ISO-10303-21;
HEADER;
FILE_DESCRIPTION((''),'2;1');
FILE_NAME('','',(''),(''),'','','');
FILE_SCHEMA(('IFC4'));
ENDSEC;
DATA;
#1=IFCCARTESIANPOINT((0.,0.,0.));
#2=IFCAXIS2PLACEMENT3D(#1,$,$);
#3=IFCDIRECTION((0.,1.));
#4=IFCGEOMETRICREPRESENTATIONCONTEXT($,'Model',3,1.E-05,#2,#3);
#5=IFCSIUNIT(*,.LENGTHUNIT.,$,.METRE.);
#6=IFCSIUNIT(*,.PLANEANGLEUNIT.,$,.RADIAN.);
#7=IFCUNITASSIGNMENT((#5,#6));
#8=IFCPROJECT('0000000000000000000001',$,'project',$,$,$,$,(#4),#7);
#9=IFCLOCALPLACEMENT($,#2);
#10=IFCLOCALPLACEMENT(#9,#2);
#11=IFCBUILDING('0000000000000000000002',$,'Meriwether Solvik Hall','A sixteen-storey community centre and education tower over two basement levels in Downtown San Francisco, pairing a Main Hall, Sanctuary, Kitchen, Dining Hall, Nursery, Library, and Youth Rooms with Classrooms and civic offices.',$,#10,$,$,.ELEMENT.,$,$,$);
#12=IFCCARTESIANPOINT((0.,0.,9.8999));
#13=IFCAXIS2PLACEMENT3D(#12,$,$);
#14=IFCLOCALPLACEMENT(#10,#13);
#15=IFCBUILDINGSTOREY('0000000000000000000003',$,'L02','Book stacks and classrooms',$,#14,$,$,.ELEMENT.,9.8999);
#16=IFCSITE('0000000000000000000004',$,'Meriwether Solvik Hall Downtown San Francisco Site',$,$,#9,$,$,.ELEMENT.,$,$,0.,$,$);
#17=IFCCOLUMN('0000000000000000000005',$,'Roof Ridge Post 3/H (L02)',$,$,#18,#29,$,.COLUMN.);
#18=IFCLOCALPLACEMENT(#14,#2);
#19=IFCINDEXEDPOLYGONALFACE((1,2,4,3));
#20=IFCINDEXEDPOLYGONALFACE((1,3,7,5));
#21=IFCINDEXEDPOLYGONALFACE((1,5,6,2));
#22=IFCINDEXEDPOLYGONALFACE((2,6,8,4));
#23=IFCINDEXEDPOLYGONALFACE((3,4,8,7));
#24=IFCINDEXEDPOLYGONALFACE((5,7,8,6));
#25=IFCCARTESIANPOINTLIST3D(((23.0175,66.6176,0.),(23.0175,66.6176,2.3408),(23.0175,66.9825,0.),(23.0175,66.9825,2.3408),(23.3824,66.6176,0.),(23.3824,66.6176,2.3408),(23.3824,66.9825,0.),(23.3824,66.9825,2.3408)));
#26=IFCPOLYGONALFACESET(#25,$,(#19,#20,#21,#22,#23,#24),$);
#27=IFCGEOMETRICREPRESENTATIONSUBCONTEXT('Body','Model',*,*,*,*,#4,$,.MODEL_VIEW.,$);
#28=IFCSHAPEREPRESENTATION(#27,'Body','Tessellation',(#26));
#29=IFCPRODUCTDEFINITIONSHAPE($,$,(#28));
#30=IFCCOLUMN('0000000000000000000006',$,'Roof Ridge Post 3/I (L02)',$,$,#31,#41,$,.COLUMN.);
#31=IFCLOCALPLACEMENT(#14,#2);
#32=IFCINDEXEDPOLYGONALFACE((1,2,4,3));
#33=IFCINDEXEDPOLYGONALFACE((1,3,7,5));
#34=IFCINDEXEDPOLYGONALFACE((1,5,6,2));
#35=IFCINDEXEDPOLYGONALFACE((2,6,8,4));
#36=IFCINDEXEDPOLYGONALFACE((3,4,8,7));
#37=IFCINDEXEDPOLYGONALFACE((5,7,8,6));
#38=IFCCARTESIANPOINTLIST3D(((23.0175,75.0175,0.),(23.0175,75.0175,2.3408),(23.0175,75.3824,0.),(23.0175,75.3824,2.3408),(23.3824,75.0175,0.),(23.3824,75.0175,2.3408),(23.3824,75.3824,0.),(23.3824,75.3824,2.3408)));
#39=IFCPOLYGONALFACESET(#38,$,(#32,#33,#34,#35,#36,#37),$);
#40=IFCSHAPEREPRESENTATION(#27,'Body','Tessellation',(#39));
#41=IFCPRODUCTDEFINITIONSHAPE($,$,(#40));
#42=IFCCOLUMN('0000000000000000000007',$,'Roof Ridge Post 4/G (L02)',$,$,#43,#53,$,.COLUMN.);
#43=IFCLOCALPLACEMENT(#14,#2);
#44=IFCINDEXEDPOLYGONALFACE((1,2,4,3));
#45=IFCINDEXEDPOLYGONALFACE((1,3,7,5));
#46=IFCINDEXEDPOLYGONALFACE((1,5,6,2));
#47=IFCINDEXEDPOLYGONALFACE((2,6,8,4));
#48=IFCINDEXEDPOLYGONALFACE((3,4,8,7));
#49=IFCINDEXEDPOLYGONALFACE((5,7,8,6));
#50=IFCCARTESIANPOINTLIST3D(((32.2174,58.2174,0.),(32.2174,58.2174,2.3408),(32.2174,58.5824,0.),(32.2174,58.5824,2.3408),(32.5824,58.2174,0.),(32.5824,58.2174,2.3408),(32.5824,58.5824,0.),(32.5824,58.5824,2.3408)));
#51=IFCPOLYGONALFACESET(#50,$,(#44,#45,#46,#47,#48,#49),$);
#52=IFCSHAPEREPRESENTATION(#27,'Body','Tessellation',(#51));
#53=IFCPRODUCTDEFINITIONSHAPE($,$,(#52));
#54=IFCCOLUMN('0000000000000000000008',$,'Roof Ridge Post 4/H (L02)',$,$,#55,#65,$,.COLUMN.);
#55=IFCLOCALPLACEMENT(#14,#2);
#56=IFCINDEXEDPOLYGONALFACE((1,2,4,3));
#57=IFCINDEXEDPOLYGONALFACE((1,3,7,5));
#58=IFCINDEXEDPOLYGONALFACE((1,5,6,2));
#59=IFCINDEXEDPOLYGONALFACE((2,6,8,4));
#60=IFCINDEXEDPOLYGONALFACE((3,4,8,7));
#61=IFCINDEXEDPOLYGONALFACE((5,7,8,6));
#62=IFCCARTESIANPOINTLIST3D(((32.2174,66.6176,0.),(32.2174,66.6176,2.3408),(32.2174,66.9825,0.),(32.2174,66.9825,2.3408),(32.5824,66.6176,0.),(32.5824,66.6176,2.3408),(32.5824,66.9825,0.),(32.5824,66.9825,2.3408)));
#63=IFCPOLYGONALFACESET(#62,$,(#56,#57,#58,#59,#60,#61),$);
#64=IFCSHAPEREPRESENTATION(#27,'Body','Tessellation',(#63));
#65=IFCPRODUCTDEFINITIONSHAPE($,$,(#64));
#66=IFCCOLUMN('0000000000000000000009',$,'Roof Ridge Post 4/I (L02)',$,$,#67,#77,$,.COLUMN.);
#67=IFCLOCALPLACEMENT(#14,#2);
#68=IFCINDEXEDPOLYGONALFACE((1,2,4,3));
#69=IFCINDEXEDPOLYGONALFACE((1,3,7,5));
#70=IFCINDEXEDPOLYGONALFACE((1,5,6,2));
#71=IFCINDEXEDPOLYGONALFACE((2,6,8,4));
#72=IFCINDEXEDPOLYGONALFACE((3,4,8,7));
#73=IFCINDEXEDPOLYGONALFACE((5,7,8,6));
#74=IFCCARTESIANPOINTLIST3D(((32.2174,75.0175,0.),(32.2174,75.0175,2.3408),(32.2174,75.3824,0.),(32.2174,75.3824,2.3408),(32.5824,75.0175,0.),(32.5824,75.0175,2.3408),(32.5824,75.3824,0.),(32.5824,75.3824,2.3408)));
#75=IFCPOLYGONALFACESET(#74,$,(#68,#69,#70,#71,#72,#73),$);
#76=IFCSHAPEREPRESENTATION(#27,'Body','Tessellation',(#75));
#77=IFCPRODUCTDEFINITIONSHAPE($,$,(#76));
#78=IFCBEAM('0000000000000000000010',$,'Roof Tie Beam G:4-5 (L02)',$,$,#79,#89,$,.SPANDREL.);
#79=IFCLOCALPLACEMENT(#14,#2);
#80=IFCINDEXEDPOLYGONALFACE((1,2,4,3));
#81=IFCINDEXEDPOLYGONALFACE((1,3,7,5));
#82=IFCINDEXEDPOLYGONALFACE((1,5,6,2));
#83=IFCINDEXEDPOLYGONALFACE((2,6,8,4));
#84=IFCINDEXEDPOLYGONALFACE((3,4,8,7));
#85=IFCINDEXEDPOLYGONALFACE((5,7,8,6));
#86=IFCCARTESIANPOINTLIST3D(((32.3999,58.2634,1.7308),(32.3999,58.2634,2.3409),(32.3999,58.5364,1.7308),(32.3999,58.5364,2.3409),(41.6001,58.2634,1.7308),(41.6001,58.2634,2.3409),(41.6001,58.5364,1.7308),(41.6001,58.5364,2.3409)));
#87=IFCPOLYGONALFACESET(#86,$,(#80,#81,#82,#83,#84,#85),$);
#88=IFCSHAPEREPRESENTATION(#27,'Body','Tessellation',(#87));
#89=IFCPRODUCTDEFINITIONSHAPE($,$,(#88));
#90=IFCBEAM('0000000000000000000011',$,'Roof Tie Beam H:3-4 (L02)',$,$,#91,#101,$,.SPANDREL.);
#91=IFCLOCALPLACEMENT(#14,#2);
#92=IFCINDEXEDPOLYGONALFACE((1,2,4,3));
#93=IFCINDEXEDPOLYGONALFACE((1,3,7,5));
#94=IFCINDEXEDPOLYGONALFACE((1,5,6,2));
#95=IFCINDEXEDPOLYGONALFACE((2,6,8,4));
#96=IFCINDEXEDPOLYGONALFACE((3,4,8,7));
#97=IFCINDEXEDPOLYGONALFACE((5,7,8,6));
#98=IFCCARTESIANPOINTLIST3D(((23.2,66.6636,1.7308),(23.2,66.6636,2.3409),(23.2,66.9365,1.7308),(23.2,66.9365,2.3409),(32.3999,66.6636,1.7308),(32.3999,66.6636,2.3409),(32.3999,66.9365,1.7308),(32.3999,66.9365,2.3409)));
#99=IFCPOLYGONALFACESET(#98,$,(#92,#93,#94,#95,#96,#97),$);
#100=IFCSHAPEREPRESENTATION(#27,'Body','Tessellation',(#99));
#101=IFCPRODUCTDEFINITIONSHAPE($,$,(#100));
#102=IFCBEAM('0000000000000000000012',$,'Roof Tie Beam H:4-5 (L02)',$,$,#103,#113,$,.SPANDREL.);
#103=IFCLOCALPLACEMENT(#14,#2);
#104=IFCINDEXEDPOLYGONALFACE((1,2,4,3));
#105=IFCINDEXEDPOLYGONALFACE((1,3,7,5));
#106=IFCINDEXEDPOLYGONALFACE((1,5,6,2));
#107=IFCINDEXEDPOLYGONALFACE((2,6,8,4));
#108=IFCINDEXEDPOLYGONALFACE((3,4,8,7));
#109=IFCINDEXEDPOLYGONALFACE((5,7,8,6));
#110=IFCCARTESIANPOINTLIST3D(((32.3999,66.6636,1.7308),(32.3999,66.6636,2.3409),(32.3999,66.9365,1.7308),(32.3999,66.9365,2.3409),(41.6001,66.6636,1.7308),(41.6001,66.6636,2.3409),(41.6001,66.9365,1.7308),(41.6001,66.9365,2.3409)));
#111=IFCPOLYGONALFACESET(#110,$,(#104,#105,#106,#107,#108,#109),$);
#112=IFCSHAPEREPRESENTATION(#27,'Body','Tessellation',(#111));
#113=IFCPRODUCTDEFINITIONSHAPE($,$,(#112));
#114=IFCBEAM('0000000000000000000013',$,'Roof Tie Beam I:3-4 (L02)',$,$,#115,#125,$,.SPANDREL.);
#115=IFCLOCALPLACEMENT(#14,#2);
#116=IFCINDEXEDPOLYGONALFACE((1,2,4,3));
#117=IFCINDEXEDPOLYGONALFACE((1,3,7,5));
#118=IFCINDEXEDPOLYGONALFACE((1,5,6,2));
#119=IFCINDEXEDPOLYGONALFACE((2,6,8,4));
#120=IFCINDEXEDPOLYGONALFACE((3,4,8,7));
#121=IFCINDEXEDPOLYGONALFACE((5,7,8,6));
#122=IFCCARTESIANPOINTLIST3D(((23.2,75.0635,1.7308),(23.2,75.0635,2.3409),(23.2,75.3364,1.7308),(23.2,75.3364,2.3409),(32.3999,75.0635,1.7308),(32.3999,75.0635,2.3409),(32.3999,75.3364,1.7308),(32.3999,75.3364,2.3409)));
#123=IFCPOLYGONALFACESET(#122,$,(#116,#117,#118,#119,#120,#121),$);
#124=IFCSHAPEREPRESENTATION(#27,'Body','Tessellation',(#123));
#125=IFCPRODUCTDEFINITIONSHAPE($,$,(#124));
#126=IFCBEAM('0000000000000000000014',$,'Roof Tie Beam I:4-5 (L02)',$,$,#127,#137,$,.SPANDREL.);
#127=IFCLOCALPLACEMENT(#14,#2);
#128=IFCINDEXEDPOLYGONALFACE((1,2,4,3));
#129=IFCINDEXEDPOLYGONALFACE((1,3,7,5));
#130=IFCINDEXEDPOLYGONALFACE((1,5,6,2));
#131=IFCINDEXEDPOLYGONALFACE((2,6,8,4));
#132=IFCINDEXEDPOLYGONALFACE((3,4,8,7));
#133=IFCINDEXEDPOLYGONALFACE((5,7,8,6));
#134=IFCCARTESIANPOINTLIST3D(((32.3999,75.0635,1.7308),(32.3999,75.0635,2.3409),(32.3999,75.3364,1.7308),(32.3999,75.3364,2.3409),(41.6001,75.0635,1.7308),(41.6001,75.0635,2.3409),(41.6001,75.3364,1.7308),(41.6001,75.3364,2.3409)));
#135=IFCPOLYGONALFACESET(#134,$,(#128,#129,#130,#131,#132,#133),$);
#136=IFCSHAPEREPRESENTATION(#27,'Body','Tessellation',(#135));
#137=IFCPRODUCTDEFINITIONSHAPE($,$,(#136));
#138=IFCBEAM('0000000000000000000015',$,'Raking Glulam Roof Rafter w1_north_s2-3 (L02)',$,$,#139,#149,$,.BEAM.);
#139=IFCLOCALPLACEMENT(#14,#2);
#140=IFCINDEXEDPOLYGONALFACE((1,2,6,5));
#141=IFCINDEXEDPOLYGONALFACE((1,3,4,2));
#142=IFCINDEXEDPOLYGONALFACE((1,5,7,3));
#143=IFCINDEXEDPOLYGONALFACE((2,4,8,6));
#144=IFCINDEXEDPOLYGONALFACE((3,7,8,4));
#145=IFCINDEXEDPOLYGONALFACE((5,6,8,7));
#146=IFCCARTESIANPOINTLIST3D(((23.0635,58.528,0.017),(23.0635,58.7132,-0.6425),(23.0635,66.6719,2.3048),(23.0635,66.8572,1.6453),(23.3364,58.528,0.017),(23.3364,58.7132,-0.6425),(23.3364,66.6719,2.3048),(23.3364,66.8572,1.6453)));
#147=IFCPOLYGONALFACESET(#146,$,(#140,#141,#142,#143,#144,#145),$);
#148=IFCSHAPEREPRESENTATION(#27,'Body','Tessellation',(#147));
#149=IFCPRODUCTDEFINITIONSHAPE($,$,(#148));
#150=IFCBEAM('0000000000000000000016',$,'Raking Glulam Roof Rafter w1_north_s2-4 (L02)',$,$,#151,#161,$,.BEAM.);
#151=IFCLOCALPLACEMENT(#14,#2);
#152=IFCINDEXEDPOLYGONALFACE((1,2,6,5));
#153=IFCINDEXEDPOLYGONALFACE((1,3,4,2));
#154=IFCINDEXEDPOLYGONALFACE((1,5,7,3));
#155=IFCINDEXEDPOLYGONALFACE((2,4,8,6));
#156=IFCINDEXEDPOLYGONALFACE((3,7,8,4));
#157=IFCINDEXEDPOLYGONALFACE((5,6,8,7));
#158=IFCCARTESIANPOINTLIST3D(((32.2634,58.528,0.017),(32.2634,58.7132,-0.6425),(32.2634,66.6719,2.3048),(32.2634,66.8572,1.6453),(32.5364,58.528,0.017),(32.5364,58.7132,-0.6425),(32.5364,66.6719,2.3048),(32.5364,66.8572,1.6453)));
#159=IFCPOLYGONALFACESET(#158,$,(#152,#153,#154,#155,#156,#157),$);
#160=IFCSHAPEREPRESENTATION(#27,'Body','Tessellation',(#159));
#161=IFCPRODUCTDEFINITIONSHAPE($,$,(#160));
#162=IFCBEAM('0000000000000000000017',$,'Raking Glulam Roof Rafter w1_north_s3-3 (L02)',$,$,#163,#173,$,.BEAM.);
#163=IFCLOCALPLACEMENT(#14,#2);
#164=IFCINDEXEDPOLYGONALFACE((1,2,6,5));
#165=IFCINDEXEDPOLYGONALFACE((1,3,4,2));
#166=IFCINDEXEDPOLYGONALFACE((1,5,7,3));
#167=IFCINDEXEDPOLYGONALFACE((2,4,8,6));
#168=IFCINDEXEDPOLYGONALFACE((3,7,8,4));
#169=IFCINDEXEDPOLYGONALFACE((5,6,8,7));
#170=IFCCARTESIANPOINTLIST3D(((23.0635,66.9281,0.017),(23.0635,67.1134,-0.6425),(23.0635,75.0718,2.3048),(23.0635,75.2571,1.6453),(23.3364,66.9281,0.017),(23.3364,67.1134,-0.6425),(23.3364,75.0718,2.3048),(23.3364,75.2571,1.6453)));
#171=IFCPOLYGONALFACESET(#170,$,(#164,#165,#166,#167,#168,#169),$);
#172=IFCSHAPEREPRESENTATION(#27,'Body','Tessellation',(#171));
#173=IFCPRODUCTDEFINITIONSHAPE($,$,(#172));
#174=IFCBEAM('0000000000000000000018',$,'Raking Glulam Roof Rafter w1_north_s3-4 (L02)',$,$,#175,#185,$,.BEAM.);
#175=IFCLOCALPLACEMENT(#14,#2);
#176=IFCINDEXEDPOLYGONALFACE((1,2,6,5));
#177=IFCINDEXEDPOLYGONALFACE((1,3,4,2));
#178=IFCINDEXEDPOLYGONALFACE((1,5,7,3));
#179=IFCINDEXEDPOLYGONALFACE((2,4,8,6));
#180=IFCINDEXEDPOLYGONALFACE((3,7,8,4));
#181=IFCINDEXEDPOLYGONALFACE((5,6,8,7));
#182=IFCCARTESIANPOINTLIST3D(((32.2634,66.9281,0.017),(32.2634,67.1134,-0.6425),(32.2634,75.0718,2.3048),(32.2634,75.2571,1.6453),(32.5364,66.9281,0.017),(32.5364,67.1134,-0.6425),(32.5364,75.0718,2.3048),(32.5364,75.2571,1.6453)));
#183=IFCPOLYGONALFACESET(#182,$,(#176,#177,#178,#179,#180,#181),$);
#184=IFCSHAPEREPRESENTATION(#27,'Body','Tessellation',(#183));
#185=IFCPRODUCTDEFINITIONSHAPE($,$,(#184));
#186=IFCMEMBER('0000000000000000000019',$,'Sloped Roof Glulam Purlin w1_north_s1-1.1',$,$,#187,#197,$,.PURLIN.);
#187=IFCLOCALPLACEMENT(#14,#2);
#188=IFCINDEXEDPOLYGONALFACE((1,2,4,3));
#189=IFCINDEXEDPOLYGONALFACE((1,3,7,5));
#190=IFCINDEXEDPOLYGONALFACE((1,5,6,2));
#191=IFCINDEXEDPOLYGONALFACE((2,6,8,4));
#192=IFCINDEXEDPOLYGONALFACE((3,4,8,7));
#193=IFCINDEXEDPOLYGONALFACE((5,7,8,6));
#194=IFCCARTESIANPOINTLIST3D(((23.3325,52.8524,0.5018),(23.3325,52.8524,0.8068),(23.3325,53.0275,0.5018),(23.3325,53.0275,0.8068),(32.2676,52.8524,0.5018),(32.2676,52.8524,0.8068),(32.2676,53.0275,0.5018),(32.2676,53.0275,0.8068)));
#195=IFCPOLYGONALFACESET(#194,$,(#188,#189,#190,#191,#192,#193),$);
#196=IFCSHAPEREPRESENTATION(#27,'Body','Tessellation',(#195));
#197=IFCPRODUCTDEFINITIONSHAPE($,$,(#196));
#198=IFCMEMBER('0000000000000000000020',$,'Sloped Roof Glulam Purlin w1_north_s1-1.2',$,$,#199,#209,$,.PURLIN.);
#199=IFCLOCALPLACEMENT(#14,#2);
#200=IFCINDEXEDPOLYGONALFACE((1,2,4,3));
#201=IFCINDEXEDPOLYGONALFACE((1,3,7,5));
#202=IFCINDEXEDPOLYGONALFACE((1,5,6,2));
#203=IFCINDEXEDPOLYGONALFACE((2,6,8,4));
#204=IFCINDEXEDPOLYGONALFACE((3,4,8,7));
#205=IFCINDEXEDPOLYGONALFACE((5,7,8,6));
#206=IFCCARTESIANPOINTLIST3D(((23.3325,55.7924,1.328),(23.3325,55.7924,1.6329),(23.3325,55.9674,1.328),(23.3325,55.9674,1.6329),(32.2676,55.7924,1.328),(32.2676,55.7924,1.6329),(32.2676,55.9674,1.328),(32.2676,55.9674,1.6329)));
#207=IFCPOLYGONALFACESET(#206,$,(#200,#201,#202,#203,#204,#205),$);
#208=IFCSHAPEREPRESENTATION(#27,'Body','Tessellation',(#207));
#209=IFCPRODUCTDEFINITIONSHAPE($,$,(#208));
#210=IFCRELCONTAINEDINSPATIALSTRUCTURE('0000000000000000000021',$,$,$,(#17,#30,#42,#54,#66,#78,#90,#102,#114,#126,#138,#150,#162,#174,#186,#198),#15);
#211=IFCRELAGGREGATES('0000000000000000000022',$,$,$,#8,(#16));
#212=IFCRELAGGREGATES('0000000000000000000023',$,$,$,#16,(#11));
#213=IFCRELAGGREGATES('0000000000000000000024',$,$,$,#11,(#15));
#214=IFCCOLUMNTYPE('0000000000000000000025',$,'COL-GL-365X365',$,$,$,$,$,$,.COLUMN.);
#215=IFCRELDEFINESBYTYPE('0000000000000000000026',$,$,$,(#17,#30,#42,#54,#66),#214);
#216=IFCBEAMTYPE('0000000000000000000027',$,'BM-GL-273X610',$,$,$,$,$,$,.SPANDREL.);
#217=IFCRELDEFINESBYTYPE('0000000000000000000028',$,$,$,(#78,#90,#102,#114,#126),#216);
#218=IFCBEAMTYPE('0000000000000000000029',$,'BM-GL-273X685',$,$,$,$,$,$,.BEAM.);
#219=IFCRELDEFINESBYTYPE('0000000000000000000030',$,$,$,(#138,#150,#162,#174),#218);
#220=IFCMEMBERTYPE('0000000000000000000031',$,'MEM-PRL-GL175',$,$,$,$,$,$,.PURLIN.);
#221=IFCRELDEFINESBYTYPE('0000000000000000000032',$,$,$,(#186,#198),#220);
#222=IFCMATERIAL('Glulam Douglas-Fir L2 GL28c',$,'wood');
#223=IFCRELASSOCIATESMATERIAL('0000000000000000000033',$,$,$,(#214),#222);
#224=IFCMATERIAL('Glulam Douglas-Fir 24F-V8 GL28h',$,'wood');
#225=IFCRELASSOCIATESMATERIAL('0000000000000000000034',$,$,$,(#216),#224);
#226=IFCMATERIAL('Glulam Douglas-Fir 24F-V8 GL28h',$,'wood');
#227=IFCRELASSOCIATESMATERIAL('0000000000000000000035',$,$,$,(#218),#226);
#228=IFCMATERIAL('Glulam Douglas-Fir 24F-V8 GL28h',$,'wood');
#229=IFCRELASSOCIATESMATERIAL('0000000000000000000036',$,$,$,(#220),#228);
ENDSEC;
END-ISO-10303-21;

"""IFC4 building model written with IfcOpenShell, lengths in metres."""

from ifc_helpers import new_model, si_unit, direction, frame, origin, origin_2d, place, context, subcontext, project, spatial, rectangle, extrude, material, material_profile, profile_set, type_object, element, save


model = new_model("IFC4")

# Units and contexts
model_context = context("Model", 3, precision=1e-05, world=origin(), true_north=direction((0.0, 1.0)))
body_context = subcontext(model_context, "Body", "Model", "MODEL_VIEW")
ifc_project = project(units=[si_unit("LENGTHUNIT", "METRE"), si_unit("PLANEANGLEUNIT", "RADIAN")], contexts=[model_context])

# Site, building, storey
site_placement = place(None, origin())
site = spatial("IfcSite", under=ifc_project, at=site_placement, Name="Meriwether Solvik Hall Downtown San Francisco Site", CompositionType="ELEMENT", RefElevation=0.0)
building_placement = place(site_placement, origin())
building = spatial("IfcBuilding", under=site, at=building_placement, Name="Meriwether Solvik Hall", Description="A sixteen-storey community centre and education tower over two basement levels in Downtown San Francisco, pairing a Main Hall, Sanctuary, Kitchen, Dining Hall, Nursery, Library, and Youth Rooms with Classrooms and civic offices.", CompositionType="ELEMENT")
storey_placement = place(building_placement, frame((0.0, 0.0, 9.8999)))
storey = spatial("IfcBuildingStorey", under=building, at=storey_placement, Name="L02", Description="Book stacks and classrooms", CompositionType="ELEMENT", Elevation=9.8999)

# Columns
ifc_material_1 = material(Name="Glulam Douglas-Fir L2 GL28c", Category="wood")
ifc_material_profile_1 = material_profile(ifc_material_1, rectangle(XDim=0.365, YDim=0.365, at=origin_2d()), Name="GLC-365X365")
ifc_profile_set_1 = profile_set([ifc_material_profile_1], Name="Glulam Douglas-Fir L2 GL28c")
column_type = type_object("IfcColumnType", Name="COL-GL-365X365", PredefinedType="COLUMN", material=ifc_profile_set_1)
for number, where, z_axis, x_axis, name in (
    (1, (23.2, 66.8, 0.0), (0.0, 0.0, 1.0), (1.0, 0.0, 0.0), "Roof Ridge Post 3/H (L02)"),
    (2, (23.2, 75.2, 0.0), (0.0, 0.0, 1.0), (1.0, 0.0, 0.0), "Roof Ridge Post 3/I (L02)"),
    (3, (32.3999, 58.3999, 0.0), (0.0, 0.0, 1.0), (1.0, 0.0, 0.0), "Roof Ridge Post 4/G (L02)"),
    (4, (32.3999, 66.8, 0.0), (0.0, 0.0, 1.0), (1.0, 0.0, 0.0), "Roof Ridge Post 4/H (L02)"),
    (5, (32.3999, 75.2, 0.0), (0.0, 0.0, 1.0), (1.0, 0.0, 0.0), "Roof Ridge Post 4/I (L02)"),
):
    element("IfcColumn", number, at=place(storey_placement, frame(where, z_axis=z_axis, x_axis=x_axis)), inside=storey, type_object=column_type, Name=name, PredefinedType="COLUMN", context=body_context, shape_type="SweptSolid", body=[
        extrude(rectangle(XDim=0.365, YDim=0.365, at=origin_2d()), origin(), (0.0, 0.0, 1.0), 2.3408),
    ])

# Beams
ifc_material_2 = material(Name="Glulam Douglas-Fir 24F-V8 GL28h", Category="wood")
ifc_material_profile_2 = material_profile(ifc_material_2, rectangle(XDim=0.2729, YDim=0.6101, at=origin_2d()), Name="GLB-273X610")
ifc_profile_set_2 = profile_set([ifc_material_profile_2], Name="Glulam Douglas-Fir 24F-V8 GL28h")
beam_type_1 = type_object("IfcBeamType", Name="BM-GL-273X610", PredefinedType="SPANDREL", material=ifc_profile_set_2)
beam_1_placement = place(storey_placement, frame((32.3999, 58.3999, 2.0359), z_axis=(1.0, 0.0, 0.0), x_axis=(0.0, 1.0, 0.0)))
element("IfcBeam", 6, at=beam_1_placement, inside=storey, type_object=beam_type_1, Name="Roof Tie Beam G:4-5 (L02)", PredefinedType="SPANDREL", context=body_context, shape_type="SweptSolid", body=[
    extrude(rectangle(XDim=0.2729, YDim=0.6101, at=origin_2d()), origin(), (0.0, 0.0, 1.0), 9.2002),
])
beam_2_placement = place(storey_placement, frame((23.2, 66.8, 2.0359), z_axis=(1.0, 0.0, 0.0), x_axis=(0.0, 1.0, 0.0)))
element("IfcBeam", 7, at=beam_2_placement, inside=storey, type_object=beam_type_1, Name="Roof Tie Beam H:3-4 (L02)", PredefinedType="SPANDREL", context=body_context, shape_type="SweptSolid", body=[
    extrude(rectangle(XDim=0.2729, YDim=0.6101, at=origin_2d()), origin(), (0.0, 0.0, 1.0), 9.2),
])
beam_3_placement = place(storey_placement, frame((32.3999, 66.8, 2.0359), z_axis=(1.0, 0.0, 0.0), x_axis=(0.0, 1.0, 0.0)))
element("IfcBeam", 8, at=beam_3_placement, inside=storey, type_object=beam_type_1, Name="Roof Tie Beam H:4-5 (L02)", PredefinedType="SPANDREL", context=body_context, shape_type="SweptSolid", body=[
    extrude(rectangle(XDim=0.2729, YDim=0.6101, at=origin_2d()), origin(), (0.0, 0.0, 1.0), 9.2002),
])
beam_4_placement = place(storey_placement, frame((23.2, 75.2, 2.0359), z_axis=(1.0, 0.0, 0.0), x_axis=(0.0, 1.0, 0.0)))
element("IfcBeam", 9, at=beam_4_placement, inside=storey, type_object=beam_type_1, Name="Roof Tie Beam I:3-4 (L02)", PredefinedType="SPANDREL", context=body_context, shape_type="SweptSolid", body=[
    extrude(rectangle(XDim=0.2729, YDim=0.6101, at=origin_2d()), origin(), (0.0, 0.0, 1.0), 9.2),
])
beam_5_placement = place(storey_placement, frame((32.3999, 75.2, 2.0359), z_axis=(1.0, 0.0, 0.0), x_axis=(0.0, 1.0, 0.0)))
element("IfcBeam", 10, at=beam_5_placement, inside=storey, type_object=beam_type_1, Name="Roof Tie Beam I:4-5 (L02)", PredefinedType="SPANDREL", context=body_context, shape_type="SweptSolid", body=[
    extrude(rectangle(XDim=0.2729, YDim=0.6101, at=origin_2d()), origin(), (0.0, 0.0, 1.0), 9.2002),
])
ifc_material_3 = material(Name="Glulam Douglas-Fir 24F-V8 GL28h", Category="wood")
ifc_material_profile_3 = material_profile(ifc_material_3, rectangle(XDim=0.2729, YDim=0.6851, at=origin_2d()), Name="GLB-273X685")
ifc_profile_set_3 = profile_set([ifc_material_profile_3], Name="Glulam Douglas-Fir 24F-V8 GL28h")
beam_type_2 = type_object("IfcBeamType", Name="BM-GL-273X685", PredefinedType="BEAM", material=ifc_profile_set_3)
for number, where, z_axis, x_axis, name in (
    (11, (23.2, 58.6206, -0.3127), (0.0, 0.962733, 0.270453), (-1.0, 0.0, 0.0), "Raking Glulam Roof Rafter w1_north_s2-3 (L02)"),
    (12, (32.3999, 58.6206, -0.3127), (0.0, 0.962733, 0.270453), (-1.0, 0.0, 0.0), "Raking Glulam Roof Rafter w1_north_s2-4 (L02)"),
):
    element("IfcBeam", number, at=place(storey_placement, frame(where, z_axis=z_axis, x_axis=x_axis)), inside=storey, type_object=beam_type_2, Name=name, PredefinedType="BEAM", context=body_context, shape_type="SweptSolid", body=[
        extrude(rectangle(XDim=0.2729, YDim=0.6851, at=origin_2d()), origin(), (0.0, 0.0, 1.0), 8.4592),
    ])
for number, where, z_axis, x_axis, name in (
    (13, (23.2, 67.0208, -0.3127), (0.0, 0.962731, 0.270461), (-1.0, 0.0, 0.0), "Raking Glulam Roof Rafter w1_north_s3-3 (L02)"),
    (14, (32.3999, 67.0208, -0.3127), (0.0, 0.962731, 0.270461), (-1.0, 0.0, 0.0), "Raking Glulam Roof Rafter w1_north_s3-4 (L02)"),
):
    element("IfcBeam", number, at=place(storey_placement, frame(where, z_axis=z_axis, x_axis=x_axis)), inside=storey, type_object=beam_type_2, Name=name, PredefinedType="BEAM", context=body_context, shape_type="SweptSolid", body=[
        extrude(rectangle(XDim=0.2729, YDim=0.6851, at=origin_2d()), origin(), (0.0, 0.0, 1.0), 8.459),
    ])

# Members
ifc_material_4 = material(Name="Glulam Douglas-Fir 24F-V8 GL28h", Category="wood")
ifc_material_profile_4 = material_profile(ifc_material_4, rectangle(XDim=0.175, YDim=0.3049, at=origin_2d()), Name="GLM-175X305")
ifc_profile_set_4 = profile_set([ifc_material_profile_4], Name="Glulam Douglas-Fir 24F-V8 GL28h")
member_type = type_object("IfcMemberType", Name="MEM-PRL-GL175", PredefinedType="PURLIN", material=ifc_profile_set_4)
for number, where, z_axis, x_axis, name in (
    (15, (23.3325, 52.9399, 0.6543), (1.0, 0.0, 0.0), (0.0, 1.0, 0.0), "Sloped Roof Glulam Purlin w1_north_s1-1.1"),
    (16, (23.3325, 55.8799, 1.4805), (1.0, 0.0, 0.0), (0.0, 1.0, 0.0), "Sloped Roof Glulam Purlin w1_north_s1-1.2"),
):
    element("IfcMember", number, at=place(storey_placement, frame(where, z_axis=z_axis, x_axis=x_axis)), inside=storey, type_object=member_type, Name=name, PredefinedType="PURLIN", context=body_context, shape_type="SweptSolid", body=[
        extrude(rectangle(XDim=0.175, YDim=0.3049, at=origin_2d()), origin(), (0.0, 0.0, 1.0), 8.9351),
    ])

save(model, "model.ifc")
